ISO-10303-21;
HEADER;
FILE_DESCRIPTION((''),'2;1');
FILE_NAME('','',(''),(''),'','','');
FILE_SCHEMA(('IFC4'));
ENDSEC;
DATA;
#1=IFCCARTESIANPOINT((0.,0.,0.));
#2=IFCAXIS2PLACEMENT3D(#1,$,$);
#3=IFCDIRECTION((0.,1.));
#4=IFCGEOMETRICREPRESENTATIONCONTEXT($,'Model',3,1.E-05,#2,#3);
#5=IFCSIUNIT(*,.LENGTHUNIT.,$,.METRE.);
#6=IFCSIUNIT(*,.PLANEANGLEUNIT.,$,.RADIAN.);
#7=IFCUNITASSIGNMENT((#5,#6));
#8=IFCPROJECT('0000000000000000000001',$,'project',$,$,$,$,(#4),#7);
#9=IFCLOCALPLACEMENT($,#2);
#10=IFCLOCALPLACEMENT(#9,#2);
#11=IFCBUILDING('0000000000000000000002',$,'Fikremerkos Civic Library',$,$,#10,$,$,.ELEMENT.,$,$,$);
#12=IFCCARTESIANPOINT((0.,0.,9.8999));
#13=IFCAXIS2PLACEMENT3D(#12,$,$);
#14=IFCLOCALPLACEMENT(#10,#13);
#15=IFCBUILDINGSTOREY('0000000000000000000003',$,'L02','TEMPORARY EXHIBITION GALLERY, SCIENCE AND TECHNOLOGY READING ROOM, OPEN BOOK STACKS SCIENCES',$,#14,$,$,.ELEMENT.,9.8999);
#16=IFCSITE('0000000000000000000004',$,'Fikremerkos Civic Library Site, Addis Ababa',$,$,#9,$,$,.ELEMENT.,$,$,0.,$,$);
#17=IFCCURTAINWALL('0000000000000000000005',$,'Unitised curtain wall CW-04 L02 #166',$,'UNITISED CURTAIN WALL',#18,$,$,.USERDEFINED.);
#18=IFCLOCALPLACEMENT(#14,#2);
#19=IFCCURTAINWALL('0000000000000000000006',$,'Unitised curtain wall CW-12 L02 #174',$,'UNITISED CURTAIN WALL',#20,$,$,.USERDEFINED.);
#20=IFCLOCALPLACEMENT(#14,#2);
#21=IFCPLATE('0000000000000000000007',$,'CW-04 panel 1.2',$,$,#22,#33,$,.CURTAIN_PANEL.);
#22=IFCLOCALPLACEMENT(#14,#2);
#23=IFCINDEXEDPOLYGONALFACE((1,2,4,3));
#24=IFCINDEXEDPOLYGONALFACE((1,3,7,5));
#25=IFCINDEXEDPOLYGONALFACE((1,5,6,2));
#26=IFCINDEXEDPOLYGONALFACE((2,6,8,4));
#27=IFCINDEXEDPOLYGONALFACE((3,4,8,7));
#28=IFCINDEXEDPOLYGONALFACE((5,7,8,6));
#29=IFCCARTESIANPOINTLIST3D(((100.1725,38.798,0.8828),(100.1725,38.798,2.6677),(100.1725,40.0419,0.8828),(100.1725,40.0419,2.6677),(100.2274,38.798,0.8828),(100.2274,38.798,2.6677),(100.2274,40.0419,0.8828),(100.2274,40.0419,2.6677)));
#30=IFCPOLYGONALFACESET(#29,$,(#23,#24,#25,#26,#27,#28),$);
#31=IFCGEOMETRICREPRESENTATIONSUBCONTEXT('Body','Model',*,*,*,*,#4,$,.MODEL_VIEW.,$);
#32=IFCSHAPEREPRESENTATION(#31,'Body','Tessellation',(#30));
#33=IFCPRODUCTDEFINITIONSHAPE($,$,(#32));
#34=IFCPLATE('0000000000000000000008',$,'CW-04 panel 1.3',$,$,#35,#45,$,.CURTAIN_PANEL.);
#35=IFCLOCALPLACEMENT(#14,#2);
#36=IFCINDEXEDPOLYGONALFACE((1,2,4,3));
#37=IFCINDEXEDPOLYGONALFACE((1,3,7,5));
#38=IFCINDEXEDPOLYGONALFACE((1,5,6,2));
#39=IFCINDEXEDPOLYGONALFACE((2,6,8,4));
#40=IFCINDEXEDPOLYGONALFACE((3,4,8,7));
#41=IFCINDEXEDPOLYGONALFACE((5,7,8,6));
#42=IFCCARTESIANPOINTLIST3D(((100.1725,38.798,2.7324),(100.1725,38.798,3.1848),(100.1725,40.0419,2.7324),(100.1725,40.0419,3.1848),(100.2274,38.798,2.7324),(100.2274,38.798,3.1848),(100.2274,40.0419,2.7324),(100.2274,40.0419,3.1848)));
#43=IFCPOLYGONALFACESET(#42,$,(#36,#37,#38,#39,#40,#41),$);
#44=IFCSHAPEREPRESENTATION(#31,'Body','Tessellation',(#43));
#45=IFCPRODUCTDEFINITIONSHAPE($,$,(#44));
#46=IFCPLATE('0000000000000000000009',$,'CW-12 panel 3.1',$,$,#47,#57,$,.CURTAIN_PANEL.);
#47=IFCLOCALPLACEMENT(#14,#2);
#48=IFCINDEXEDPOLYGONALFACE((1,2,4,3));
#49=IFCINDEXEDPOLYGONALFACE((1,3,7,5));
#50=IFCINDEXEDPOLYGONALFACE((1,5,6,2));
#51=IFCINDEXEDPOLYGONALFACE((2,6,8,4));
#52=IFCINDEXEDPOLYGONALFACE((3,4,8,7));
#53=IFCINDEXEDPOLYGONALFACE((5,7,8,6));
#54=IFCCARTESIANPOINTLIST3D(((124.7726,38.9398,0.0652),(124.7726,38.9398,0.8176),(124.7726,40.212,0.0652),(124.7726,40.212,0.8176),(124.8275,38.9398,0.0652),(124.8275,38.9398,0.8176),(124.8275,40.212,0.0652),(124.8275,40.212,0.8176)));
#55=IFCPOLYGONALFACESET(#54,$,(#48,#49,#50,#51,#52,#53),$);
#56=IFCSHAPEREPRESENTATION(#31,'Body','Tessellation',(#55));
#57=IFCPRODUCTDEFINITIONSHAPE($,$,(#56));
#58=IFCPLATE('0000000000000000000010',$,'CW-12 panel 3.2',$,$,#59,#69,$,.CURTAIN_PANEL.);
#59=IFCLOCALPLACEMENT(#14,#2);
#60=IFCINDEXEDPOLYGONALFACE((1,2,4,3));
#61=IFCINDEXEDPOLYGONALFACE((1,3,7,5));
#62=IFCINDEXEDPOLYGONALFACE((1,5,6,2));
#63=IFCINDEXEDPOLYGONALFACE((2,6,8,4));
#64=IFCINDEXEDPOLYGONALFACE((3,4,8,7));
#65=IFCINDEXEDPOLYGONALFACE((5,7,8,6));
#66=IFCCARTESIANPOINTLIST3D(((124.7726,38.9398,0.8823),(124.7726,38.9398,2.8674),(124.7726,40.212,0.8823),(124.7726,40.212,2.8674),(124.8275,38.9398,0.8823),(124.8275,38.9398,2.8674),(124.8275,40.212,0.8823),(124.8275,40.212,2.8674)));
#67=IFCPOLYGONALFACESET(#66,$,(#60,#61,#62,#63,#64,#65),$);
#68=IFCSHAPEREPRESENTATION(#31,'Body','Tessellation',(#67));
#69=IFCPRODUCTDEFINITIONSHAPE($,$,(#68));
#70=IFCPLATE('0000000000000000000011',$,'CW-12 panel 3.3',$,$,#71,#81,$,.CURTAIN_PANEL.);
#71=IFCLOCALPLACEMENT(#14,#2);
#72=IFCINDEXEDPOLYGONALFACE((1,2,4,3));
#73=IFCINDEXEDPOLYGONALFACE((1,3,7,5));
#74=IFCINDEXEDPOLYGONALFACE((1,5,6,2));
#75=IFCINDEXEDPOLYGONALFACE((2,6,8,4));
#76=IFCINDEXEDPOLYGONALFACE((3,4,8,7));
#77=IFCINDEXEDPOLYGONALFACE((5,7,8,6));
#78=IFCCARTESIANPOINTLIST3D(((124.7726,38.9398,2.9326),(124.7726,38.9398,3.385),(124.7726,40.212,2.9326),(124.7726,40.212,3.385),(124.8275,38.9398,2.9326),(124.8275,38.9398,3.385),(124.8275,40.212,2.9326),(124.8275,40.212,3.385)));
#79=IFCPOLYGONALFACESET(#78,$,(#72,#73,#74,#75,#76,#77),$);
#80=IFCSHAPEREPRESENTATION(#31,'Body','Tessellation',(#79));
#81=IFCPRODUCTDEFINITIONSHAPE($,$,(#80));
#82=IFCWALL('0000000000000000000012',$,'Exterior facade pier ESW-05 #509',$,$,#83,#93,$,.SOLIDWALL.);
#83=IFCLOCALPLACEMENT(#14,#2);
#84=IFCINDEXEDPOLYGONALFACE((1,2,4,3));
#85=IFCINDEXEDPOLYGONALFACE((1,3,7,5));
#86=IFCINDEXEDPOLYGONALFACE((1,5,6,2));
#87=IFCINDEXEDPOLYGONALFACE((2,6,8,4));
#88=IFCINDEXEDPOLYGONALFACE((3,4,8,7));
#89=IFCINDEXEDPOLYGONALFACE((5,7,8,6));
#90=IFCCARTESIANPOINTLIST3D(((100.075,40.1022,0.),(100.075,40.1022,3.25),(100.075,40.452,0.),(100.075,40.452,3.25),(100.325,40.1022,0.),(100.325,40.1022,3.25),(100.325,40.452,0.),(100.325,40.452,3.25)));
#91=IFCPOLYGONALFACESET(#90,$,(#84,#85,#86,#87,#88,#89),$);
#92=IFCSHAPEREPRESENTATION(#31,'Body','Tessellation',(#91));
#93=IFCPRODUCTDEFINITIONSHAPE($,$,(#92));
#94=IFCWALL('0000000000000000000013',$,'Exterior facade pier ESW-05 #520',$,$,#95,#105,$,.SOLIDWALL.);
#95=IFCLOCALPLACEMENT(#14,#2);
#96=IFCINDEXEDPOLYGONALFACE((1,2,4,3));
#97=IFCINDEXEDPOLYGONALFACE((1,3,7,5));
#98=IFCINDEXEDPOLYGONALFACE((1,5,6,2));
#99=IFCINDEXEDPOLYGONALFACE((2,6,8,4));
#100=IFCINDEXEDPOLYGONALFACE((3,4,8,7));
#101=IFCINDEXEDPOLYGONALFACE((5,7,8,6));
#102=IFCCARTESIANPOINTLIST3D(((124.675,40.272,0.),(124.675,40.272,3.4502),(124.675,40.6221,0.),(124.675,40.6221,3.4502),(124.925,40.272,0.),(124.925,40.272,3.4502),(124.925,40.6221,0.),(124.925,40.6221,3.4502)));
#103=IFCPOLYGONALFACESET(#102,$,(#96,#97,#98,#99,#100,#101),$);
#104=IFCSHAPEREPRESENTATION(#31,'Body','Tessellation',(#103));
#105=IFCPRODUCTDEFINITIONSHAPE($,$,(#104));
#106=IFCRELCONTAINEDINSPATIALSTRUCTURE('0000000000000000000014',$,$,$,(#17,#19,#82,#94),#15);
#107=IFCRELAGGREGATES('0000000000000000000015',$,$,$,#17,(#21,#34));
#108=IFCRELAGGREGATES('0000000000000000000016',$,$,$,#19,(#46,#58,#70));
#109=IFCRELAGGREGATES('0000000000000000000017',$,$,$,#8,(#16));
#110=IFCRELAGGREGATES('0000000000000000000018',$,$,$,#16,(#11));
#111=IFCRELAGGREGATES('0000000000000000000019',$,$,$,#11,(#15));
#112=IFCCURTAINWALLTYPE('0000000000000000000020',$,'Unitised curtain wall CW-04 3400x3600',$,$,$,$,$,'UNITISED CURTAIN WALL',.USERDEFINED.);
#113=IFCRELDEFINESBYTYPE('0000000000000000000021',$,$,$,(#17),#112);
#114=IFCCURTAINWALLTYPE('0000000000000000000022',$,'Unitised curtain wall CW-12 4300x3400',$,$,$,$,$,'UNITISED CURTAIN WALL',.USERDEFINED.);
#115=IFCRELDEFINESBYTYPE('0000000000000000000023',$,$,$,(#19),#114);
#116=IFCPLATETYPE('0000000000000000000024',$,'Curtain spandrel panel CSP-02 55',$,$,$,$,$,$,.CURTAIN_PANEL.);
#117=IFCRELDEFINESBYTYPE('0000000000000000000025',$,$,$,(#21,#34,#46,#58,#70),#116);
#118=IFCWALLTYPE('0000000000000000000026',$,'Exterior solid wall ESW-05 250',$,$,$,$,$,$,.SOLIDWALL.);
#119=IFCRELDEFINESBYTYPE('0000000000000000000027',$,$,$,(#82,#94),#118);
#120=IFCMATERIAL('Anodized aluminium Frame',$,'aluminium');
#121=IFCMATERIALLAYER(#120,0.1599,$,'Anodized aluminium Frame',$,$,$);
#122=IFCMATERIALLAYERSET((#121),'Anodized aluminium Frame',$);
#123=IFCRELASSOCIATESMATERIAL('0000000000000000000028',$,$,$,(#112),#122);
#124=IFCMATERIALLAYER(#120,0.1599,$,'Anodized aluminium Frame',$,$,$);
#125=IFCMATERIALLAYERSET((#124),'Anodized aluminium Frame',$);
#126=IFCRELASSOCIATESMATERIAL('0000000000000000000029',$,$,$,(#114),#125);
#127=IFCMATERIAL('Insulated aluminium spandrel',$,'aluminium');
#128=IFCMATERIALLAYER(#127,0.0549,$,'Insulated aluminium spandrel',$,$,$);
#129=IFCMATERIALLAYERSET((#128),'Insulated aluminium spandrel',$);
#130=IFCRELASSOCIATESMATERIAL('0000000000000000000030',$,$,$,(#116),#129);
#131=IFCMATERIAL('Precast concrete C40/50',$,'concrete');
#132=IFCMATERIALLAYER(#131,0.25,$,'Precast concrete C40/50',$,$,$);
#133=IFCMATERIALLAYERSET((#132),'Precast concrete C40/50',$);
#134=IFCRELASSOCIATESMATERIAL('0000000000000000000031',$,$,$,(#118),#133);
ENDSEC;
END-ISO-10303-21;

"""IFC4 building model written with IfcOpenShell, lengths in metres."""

from ifc_helpers import new_model, si_unit, direction, frame, frame_2d, origin, origin_2d, place, context, subcontext, project, spatial, rectangle, extrude, material, layer, layer_set, type_object, element, aggregate, save


model = new_model("IFC4")

# Units and contexts
model_context = context("Model", 3, precision=1e-05, world=origin(), true_north=direction((0.0, 1.0)))
body_context = subcontext(model_context, "Body", "Model", "MODEL_VIEW")
ifc_project = project(units=[si_unit("LENGTHUNIT", "METRE"), si_unit("PLANEANGLEUNIT", "RADIAN")], contexts=[model_context])

# Site, building, storey
site_placement = place(None, origin())
site = spatial("IfcSite", under=ifc_project, at=site_placement, Name="Fikremerkos Civic Library Site, Addis Ababa", CompositionType="ELEMENT", RefElevation=0.0)
building_placement = place(site_placement, origin())
building = spatial("IfcBuilding", under=site, at=building_placement, Name="Fikremerkos Civic Library", CompositionType="ELEMENT")
storey_placement = place(building_placement, frame((0.0, 0.0, 9.8999)))
storey = spatial("IfcBuildingStorey", under=building, at=storey_placement, Name="L02", Description="TEMPORARY EXHIBITION GALLERY, SCIENCE AND TECHNOLOGY READING ROOM, OPEN BOOK STACKS SCIENCES", CompositionType="ELEMENT", Elevation=9.8999)

# Curtain wall
ifc_material_1 = material(Name="Anodized aluminium Frame", Category="aluminium")
ifc_layer_1 = layer(ifc_material_1, 0.1599, Name="Anodized aluminium Frame")
ifc_layer_set_1 = layer_set([ifc_layer_1], Name="Anodized aluminium Frame")
curtain_wall_type_1 = type_object("IfcCurtainWallType", Name="Unitised curtain wall CW-04 3400x3600", ElementType="UNITISED CURTAIN WALL", PredefinedType="USERDEFINED", material=ifc_layer_set_1)
curtain_wall_1_placement = place(storey_placement, origin())
curtain_wall_1 = element("IfcCurtainWall", 1, at=curtain_wall_1_placement, inside=storey, type_object=curtain_wall_type_1, Name="Unitised curtain wall CW-04 L02 #166", ObjectType="UNITISED CURTAIN WALL", PredefinedType="USERDEFINED")

# Curtain wall
ifc_layer_2 = layer(ifc_material_1, 0.1599, Name="Anodized aluminium Frame")
ifc_layer_set_2 = layer_set([ifc_layer_2], Name="Anodized aluminium Frame")
curtain_wall_type_2 = type_object("IfcCurtainWallType", Name="Unitised curtain wall CW-12 4300x3400", ElementType="UNITISED CURTAIN WALL", PredefinedType="USERDEFINED", material=ifc_layer_set_2)
curtain_wall_2_placement = place(storey_placement, origin())
curtain_wall_2 = element("IfcCurtainWall", 2, at=curtain_wall_2_placement, inside=storey, type_object=curtain_wall_type_2, Name="Unitised curtain wall CW-12 L02 #174", ObjectType="UNITISED CURTAIN WALL", PredefinedType="USERDEFINED")

# Plates
ifc_material_2 = material(Name="Insulated aluminium spandrel", Category="aluminium")
ifc_layer_3 = layer(ifc_material_2, 0.0549, Name="Insulated aluminium spandrel")
ifc_layer_set_3 = layer_set([ifc_layer_3], Name="Insulated aluminium spandrel")
plate_type = type_object("IfcPlateType", Name="Curtain spandrel panel CSP-02 55", PredefinedType="CURTAIN_PANEL", material=ifc_layer_set_3)
plate_1_placement = place(storey_placement, frame((100.2, 39.4199, 0.8828), z_axis=(0.0, 0.0, 1.0), x_axis=(0.0, -1.0, 0.0)))
plate_1 = element("IfcPlate", 3, at=plate_1_placement, type_object=plate_type, Name="CW-04 panel 1.2", PredefinedType="CURTAIN_PANEL", context=body_context, shape_type="SweptSolid", body=[
    extrude(rectangle(XDim=1.2439, YDim=0.0549, at=origin_2d()), origin(), (0.0, 0.0, 1.0), 1.7849),
])
plate_2_placement = place(storey_placement, frame((100.2, 39.4199, 2.7324), z_axis=(0.0, 0.0, 1.0), x_axis=(0.0, -1.0, 0.0)))
plate_2 = element("IfcPlate", 4, at=plate_2_placement, type_object=plate_type, Name="CW-04 panel 1.3", PredefinedType="CURTAIN_PANEL", context=body_context, shape_type="SweptSolid", body=[
    extrude(rectangle(XDim=1.2439, YDim=0.0549, at=origin_2d()), origin(), (0.0, 0.0, 1.0), 0.4524),
])
aggregate(curtain_wall_1, [plate_1, plate_2])
plate_3_placement = place(storey_placement, frame((124.8, 39.5759, 0.0652), z_axis=(0.0, 0.0, 1.0), x_axis=(0.0, 1.0, 0.0)))
plate_3 = element("IfcPlate", 5, at=plate_3_placement, type_object=plate_type, Name="CW-12 panel 3.1", PredefinedType="CURTAIN_PANEL", context=body_context, shape_type="SweptSolid", body=[
    extrude(rectangle(XDim=1.2722, YDim=0.0549, at=origin_2d()), origin(), (0.0, 0.0, 1.0), 0.7524),
])
plate_4_placement = place(storey_placement, frame((124.8, 39.5759, 0.8823), z_axis=(0.0, 0.0, 1.0), x_axis=(0.0, 1.0, 0.0)))
plate_4 = element("IfcPlate", 6, at=plate_4_placement, type_object=plate_type, Name="CW-12 panel 3.2", PredefinedType="CURTAIN_PANEL", context=body_context, shape_type="SweptSolid", body=[
    extrude(rectangle(XDim=1.2722, YDim=0.0549, at=origin_2d()), origin(), (0.0, 0.0, 1.0), 1.9851),
])
plate_5_placement = place(storey_placement, frame((124.8, 39.5759, 2.9326), z_axis=(0.0, 0.0, 1.0), x_axis=(0.0, 1.0, 0.0)))
plate_5 = element("IfcPlate", 7, at=plate_5_placement, type_object=plate_type, Name="CW-12 panel 3.3", PredefinedType="CURTAIN_PANEL", context=body_context, shape_type="SweptSolid", body=[
    extrude(rectangle(XDim=1.2722, YDim=0.0549, at=origin_2d()), origin(), (0.0, 0.0, 1.0), 0.4524),
])
aggregate(curtain_wall_2, [plate_3, plate_4, plate_5])

# Walls
ifc_material_3 = material(Name="Precast concrete C40/50", Category="concrete")
ifc_layer_4 = layer(ifc_material_3, 0.25, Name="Precast concrete C40/50")
ifc_layer_set_4 = layer_set([ifc_layer_4], Name="Precast concrete C40/50")
wall_type = type_object("IfcWallType", Name="Exterior solid wall ESW-05 250", PredefinedType="SOLIDWALL", material=ifc_layer_set_4)
wall_1_placement = place(storey_placement, frame((100.2, 40.4519, 0.0), z_axis=(0.0, 0.0, 1.0), x_axis=(0.0, -1.0, 0.0)))
element("IfcWall", 8, at=wall_1_placement, inside=storey, type_object=wall_type, Name="Exterior facade pier ESW-05 #509", PredefinedType="SOLIDWALL", context=body_context, shape_type="SweptSolid", body=[
    extrude(rectangle(XDim=0.3499, YDim=0.25, at=frame_2d((0.1748, 0.0))), origin(), (0.0, 0.0, 1.0), 3.25),
])
wall_2_placement = place(storey_placement, frame((124.8, 40.272, 0.0), z_axis=(0.0, 0.0, 1.0), x_axis=(0.0, 1.0, 0.0)))
element("IfcWall", 9, at=wall_2_placement, inside=storey, type_object=wall_type, Name="Exterior facade pier ESW-05 #520", PredefinedType="SOLIDWALL", context=body_context, shape_type="SweptSolid", body=[
    extrude(rectangle(XDim=0.3501, YDim=0.25, at=frame_2d((0.175, 0.0))), origin(), (0.0, 0.0, 1.0), 3.4502),
])

save(model, "model.ifc")
